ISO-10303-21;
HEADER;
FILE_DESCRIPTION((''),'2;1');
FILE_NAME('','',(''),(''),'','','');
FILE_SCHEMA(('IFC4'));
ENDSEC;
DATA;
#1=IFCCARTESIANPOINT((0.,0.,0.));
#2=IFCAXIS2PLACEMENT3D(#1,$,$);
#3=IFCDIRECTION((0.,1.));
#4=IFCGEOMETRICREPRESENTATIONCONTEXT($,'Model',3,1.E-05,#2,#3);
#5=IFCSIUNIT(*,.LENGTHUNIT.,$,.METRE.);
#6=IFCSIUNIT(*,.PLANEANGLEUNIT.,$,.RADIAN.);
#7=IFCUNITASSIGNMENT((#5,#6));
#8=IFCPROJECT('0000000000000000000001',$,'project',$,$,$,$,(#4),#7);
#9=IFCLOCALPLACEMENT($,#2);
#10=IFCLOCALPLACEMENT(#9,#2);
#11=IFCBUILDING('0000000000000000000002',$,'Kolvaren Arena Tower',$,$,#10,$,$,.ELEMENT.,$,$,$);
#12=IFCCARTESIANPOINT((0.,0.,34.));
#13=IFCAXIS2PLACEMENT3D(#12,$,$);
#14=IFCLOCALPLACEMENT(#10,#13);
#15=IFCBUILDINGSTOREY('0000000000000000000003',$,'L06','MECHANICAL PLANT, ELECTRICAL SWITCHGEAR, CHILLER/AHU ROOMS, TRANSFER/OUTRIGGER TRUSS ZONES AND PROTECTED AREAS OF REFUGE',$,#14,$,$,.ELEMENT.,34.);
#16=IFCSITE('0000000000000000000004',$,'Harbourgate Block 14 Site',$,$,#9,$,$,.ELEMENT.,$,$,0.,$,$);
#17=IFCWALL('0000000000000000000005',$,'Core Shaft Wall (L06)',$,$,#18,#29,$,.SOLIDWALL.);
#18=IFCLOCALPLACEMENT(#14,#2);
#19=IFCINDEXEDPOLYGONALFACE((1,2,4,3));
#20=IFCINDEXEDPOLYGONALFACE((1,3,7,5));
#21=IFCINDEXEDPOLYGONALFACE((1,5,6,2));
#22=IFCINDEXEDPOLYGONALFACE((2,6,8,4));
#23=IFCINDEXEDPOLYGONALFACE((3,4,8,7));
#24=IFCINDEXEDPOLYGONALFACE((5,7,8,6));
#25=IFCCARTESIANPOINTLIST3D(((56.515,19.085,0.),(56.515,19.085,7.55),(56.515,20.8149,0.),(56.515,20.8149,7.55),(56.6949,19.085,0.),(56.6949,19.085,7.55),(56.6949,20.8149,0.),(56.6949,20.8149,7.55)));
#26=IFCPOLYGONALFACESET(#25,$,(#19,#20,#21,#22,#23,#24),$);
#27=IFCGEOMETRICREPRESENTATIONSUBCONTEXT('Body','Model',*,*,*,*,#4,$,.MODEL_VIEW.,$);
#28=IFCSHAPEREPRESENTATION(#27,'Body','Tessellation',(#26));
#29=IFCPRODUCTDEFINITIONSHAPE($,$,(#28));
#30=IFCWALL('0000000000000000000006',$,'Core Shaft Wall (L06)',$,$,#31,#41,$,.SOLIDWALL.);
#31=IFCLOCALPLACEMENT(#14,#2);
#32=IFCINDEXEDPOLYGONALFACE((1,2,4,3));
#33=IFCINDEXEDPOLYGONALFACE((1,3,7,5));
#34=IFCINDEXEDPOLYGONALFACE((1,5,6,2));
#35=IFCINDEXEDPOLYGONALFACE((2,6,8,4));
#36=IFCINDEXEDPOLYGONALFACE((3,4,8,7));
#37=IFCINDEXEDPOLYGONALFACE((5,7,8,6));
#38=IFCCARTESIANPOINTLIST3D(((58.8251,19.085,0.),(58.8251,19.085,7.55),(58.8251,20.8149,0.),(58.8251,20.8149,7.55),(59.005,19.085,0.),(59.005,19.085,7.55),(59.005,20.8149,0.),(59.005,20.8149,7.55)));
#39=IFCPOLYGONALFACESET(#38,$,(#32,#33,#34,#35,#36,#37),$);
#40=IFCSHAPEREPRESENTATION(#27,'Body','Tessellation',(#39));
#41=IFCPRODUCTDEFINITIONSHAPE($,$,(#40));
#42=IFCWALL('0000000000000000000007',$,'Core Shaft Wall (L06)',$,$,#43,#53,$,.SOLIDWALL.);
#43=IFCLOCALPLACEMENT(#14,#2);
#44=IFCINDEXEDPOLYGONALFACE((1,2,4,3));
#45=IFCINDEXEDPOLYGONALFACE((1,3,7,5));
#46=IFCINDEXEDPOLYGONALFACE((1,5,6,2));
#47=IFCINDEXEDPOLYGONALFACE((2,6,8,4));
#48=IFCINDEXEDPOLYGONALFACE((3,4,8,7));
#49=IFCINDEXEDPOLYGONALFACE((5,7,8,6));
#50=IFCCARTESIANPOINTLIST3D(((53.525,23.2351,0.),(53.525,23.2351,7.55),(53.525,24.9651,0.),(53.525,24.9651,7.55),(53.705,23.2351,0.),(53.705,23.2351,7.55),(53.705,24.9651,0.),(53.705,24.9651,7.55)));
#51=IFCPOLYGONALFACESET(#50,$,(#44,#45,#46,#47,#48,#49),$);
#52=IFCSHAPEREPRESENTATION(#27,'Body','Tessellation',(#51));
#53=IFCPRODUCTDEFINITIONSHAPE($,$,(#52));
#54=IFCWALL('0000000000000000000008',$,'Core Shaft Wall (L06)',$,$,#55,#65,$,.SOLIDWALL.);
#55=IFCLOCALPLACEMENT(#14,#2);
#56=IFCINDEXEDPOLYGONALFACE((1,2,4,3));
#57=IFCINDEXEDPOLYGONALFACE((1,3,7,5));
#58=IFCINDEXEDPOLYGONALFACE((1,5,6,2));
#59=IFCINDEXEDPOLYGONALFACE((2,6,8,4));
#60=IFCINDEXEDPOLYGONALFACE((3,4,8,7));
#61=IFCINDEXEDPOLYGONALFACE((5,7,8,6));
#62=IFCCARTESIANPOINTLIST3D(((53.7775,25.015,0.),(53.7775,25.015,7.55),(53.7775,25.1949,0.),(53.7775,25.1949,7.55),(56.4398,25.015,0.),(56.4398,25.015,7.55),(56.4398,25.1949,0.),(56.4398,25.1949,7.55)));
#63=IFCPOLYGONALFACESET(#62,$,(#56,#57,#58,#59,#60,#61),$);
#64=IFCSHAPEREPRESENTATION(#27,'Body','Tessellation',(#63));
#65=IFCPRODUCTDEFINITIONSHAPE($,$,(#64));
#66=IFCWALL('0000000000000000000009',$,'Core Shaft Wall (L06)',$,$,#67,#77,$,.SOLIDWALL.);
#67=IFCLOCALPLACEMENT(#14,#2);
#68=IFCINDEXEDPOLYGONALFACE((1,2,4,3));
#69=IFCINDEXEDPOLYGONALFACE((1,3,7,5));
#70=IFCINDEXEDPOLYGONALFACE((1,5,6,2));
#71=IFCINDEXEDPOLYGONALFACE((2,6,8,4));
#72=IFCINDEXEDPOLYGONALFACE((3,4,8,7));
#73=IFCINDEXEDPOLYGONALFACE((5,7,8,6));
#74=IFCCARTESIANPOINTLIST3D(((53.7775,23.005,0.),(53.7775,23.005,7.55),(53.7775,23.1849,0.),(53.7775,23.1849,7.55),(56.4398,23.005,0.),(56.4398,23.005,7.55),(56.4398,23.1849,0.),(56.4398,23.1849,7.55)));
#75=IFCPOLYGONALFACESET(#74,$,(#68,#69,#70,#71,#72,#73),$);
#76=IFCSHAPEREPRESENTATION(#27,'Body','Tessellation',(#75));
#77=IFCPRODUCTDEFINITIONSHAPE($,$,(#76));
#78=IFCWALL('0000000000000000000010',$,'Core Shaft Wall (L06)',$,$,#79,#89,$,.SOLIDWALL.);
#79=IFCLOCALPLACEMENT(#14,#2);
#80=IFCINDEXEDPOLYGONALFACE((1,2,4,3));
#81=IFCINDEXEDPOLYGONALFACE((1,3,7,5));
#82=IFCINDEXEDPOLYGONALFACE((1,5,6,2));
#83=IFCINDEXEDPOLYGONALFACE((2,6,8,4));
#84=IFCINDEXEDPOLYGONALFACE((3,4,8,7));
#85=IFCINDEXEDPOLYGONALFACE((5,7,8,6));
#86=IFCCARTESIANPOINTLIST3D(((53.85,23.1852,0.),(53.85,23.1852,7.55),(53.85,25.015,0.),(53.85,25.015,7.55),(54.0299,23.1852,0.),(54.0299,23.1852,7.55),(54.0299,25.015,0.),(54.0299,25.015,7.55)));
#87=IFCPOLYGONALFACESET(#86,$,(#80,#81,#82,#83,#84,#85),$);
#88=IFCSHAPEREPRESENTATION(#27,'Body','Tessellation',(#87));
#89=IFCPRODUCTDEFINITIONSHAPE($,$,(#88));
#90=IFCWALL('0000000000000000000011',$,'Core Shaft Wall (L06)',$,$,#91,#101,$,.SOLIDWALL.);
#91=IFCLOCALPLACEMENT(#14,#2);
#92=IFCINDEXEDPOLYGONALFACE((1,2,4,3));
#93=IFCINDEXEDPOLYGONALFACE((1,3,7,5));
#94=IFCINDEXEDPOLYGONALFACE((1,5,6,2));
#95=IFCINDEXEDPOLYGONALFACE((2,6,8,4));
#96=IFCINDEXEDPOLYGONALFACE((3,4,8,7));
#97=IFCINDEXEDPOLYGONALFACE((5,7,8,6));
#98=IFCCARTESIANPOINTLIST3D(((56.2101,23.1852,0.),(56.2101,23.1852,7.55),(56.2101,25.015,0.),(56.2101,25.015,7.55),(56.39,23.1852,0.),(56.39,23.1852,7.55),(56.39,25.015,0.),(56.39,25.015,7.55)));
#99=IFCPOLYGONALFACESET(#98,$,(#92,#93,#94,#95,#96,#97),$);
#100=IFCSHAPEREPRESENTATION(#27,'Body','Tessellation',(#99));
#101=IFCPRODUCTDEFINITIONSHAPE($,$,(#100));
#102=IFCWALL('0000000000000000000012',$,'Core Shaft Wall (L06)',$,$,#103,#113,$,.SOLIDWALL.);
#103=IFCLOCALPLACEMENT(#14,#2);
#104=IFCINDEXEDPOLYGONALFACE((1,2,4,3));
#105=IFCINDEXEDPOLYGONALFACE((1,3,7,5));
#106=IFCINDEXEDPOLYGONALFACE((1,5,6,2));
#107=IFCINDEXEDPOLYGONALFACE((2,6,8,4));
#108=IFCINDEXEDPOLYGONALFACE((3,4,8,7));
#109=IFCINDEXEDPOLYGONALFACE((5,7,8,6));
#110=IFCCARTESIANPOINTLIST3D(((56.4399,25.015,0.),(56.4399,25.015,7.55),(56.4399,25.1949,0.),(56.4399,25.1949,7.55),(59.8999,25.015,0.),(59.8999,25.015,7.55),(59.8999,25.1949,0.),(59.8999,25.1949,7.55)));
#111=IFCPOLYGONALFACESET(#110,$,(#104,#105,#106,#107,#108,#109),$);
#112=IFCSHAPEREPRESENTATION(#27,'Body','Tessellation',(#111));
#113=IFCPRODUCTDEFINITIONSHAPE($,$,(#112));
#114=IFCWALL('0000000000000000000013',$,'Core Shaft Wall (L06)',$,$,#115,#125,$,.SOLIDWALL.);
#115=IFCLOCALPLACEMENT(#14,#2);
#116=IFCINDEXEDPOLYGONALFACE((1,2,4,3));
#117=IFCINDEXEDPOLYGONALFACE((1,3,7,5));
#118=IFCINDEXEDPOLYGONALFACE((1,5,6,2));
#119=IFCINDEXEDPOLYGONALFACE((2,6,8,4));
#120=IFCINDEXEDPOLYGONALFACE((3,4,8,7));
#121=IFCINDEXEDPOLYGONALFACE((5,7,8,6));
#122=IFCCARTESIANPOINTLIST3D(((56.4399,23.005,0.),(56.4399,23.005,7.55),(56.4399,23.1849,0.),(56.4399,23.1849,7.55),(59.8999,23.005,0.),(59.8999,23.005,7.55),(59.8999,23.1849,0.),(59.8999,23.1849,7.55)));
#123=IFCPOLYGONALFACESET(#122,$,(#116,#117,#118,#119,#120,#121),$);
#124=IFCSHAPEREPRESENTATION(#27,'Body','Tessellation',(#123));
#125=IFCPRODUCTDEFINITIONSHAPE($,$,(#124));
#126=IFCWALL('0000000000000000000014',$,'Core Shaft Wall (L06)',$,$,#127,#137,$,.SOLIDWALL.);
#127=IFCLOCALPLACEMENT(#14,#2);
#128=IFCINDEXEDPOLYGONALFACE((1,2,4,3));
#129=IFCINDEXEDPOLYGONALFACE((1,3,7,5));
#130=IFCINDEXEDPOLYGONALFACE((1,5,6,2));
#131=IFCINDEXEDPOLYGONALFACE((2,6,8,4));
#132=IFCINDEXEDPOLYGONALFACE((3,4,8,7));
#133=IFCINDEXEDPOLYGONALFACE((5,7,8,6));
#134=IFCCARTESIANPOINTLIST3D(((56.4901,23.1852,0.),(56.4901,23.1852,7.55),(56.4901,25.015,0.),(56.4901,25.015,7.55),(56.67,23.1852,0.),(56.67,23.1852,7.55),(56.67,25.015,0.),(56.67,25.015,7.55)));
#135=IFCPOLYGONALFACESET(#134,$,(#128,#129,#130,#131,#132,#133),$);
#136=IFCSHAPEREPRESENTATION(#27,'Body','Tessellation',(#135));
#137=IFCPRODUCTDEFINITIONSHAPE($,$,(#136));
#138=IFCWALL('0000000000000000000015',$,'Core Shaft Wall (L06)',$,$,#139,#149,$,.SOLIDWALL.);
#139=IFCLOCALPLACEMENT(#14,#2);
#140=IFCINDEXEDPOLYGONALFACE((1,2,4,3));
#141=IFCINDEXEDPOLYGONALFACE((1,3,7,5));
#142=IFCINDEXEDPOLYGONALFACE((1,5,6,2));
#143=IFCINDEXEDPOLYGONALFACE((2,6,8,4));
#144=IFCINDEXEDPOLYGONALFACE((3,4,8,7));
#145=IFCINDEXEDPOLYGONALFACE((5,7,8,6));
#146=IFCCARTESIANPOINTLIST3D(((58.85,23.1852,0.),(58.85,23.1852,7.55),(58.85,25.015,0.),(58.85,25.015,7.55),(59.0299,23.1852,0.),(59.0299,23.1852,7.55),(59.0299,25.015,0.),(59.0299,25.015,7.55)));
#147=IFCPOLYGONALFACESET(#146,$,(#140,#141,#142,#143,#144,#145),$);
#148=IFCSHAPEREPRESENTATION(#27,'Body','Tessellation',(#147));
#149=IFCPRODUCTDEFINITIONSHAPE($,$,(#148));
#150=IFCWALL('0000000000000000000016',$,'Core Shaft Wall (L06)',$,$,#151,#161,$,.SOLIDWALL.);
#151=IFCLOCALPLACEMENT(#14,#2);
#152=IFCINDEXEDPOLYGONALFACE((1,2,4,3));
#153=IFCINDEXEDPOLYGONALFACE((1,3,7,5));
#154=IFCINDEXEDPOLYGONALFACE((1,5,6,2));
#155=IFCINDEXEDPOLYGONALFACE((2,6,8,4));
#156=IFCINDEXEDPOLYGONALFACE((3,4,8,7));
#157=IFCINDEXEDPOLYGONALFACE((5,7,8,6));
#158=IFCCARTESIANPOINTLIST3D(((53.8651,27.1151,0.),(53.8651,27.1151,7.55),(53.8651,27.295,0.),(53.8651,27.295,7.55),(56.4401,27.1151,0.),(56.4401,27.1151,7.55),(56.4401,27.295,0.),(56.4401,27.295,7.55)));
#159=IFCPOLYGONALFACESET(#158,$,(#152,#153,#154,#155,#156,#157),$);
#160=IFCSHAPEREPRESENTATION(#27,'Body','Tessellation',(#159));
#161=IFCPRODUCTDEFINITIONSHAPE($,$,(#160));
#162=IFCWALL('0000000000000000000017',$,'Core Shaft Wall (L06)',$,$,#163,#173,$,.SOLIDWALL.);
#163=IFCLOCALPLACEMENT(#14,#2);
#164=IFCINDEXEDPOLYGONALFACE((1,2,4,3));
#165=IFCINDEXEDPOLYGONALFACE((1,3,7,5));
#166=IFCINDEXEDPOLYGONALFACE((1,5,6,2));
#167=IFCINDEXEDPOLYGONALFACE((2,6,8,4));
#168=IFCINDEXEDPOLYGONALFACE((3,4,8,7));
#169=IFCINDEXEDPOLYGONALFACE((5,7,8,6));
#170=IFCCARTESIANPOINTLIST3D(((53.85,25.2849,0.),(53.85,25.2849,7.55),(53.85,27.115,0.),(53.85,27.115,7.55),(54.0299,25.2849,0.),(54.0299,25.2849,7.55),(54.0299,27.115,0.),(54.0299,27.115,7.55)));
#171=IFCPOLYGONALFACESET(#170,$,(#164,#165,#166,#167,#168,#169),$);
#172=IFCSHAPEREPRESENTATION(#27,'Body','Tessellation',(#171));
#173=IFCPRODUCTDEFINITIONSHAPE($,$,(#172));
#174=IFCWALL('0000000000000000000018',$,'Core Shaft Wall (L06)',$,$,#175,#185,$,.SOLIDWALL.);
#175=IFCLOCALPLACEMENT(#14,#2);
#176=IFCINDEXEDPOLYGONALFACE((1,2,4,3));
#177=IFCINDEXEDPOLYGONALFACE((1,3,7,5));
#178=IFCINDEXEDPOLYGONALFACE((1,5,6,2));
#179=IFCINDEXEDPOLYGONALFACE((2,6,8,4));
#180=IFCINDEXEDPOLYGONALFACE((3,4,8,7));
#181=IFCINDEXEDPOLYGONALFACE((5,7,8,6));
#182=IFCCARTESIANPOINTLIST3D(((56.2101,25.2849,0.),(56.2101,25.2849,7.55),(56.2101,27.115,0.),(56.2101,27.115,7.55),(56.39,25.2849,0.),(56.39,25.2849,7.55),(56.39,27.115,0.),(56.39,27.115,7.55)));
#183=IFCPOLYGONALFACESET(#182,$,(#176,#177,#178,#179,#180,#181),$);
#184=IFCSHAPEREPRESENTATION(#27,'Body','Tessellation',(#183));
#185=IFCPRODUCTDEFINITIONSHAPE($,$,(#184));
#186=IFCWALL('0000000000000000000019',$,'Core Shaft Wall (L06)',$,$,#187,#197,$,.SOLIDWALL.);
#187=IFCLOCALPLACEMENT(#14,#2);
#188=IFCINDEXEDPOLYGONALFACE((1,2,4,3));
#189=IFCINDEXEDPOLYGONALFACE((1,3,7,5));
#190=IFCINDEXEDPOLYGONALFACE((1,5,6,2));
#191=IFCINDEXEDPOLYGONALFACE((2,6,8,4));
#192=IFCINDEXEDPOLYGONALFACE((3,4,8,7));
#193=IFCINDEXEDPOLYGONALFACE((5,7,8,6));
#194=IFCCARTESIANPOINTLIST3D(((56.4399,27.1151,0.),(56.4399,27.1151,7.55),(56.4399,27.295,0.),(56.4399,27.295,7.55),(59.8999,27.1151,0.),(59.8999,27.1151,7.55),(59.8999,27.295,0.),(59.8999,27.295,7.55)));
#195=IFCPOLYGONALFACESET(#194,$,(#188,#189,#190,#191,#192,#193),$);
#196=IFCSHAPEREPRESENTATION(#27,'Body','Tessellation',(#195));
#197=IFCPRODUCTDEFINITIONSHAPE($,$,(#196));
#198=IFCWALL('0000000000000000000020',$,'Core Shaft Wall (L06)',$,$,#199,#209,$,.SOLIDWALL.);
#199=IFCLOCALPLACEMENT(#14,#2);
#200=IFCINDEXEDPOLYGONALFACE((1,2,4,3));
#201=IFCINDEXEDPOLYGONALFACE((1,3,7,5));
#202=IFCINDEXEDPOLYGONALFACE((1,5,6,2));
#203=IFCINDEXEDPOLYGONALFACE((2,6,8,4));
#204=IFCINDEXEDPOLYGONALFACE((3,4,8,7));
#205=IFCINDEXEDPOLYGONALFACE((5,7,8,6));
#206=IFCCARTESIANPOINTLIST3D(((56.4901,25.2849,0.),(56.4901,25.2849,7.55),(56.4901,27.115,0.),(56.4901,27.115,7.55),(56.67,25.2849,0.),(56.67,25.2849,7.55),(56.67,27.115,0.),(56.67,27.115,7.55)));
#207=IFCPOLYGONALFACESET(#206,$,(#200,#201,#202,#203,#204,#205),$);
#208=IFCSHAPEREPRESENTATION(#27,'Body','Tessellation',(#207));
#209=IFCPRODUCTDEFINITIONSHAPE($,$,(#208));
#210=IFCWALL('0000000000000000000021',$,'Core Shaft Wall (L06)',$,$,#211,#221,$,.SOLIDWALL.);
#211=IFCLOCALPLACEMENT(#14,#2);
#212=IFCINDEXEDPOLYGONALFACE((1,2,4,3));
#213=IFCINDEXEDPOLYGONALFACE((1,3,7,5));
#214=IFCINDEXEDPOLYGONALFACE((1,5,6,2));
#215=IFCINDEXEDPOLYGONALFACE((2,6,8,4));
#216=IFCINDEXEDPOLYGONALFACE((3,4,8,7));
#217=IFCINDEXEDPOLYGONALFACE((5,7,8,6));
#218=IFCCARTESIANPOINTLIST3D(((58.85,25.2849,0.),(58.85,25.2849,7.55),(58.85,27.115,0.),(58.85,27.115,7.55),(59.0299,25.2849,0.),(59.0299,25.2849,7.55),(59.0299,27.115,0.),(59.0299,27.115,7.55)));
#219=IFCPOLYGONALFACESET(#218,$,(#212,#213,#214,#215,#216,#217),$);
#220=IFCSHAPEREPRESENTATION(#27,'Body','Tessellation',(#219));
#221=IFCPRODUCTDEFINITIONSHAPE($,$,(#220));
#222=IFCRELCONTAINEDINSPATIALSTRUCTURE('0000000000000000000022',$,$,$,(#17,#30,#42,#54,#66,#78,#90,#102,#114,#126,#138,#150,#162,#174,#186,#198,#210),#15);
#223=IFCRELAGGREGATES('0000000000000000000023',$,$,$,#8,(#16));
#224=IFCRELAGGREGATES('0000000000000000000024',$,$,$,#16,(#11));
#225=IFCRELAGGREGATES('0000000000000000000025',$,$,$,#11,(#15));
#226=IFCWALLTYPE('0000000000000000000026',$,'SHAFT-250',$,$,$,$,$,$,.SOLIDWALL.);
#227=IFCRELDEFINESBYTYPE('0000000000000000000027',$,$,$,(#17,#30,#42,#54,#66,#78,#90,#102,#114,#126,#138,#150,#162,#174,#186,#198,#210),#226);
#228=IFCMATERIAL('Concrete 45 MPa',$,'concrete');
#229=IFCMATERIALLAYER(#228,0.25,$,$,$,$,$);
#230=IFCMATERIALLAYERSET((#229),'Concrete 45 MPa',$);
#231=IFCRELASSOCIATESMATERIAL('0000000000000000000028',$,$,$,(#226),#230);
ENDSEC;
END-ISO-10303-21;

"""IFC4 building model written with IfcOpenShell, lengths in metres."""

from ifc_helpers import new_model, si_unit, direction, frame, frame_2d, origin, place, context, subcontext, project, spatial, rectangle, extrude, material, layer, layer_set, type_object, element, save


model = new_model("IFC4")

# Units and contexts
model_context = context("Model", 3, precision=1e-05, world=origin(), true_north=direction((0.0, 1.0)))
body_context = subcontext(model_context, "Body", "Model", "MODEL_VIEW")
ifc_project = project(units=[si_unit("LENGTHUNIT", "METRE"), si_unit("PLANEANGLEUNIT", "RADIAN")], contexts=[model_context])

# Site, building, storey
site_placement = place(None, origin())
site = spatial("IfcSite", under=ifc_project, at=site_placement, Name="Harbourgate Block 14 Site", CompositionType="ELEMENT", RefElevation=0.0)
building_placement = place(site_placement, origin())
building = spatial("IfcBuilding", under=site, at=building_placement, Name="Kolvaren Arena Tower", CompositionType="ELEMENT")
storey_placement = place(building_placement, frame((0.0, 0.0, 34.0)))
storey = spatial("IfcBuildingStorey", under=building, at=storey_placement, Name="L06", Description="MECHANICAL PLANT, ELECTRICAL SWITCHGEAR, CHILLER/AHU ROOMS, TRANSFER/OUTRIGGER TRUSS ZONES AND PROTECTED AREAS OF REFUGE", CompositionType="ELEMENT", Elevation=34.0)

# Walls
ifc_material_1 = material(Name="Concrete 45 MPa", Category="concrete")
ifc_layer_1 = layer(ifc_material_1, 0.25)
ifc_layer_set_1 = layer_set([ifc_layer_1], Name="Concrete 45 MPa")
wall_type_1 = type_object("IfcWallType", Name="SHAFT-250", PredefinedType="SOLIDWALL", material=ifc_layer_set_1)
for number, where, z_axis, x_axis, name in (
    (1, (56.605, 19.085, 0.0), (0.0, 0.0, 1.0), (0.0, 1.0, 0.0), "Core Shaft Wall (L06)"),
    (2, (58.915, 19.085, 0.0), (0.0, 0.0, 1.0), (0.0, 1.0, 0.0), "Core Shaft Wall (L06)"),
    (3, (53.615, 23.2351, 0.0), (0.0, 0.0, 1.0), (0.0, 1.0, 0.0), "Core Shaft Wall (L06)"),
):
    element("IfcWall", number, at=place(storey_placement, frame(where, z_axis=z_axis, x_axis=x_axis)), inside=storey, type_object=wall_type_1, Name=name, PredefinedType="SOLIDWALL", context=body_context, shape_type="SweptSolid", body=[
        extrude(rectangle(XDim=1.73, YDim=0.1799, at=frame_2d((0.865, 0.0))), origin(), (0.0, 0.0, 1.0), 7.55),
    ])
for number, where, z_axis, x_axis, name in (
    (4, (53.7776, 25.105, 0.0), (0.0, 0.0, 1.0), (1.0, 0.0, 0.0), "Core Shaft Wall (L06)"),
    (5, (53.7776, 23.095, 0.0), (0.0, 0.0, 1.0), (1.0, 0.0, 0.0), "Core Shaft Wall (L06)"),
):
    element("IfcWall", number, at=place(storey_placement, frame(where, z_axis=z_axis, x_axis=x_axis)), inside=storey, type_object=wall_type_1, Name=name, PredefinedType="SOLIDWALL", context=body_context, shape_type="SweptSolid", body=[
        extrude(rectangle(XDim=2.6624, YDim=0.1799, at=frame_2d((1.3311, 0.0))), origin(), (0.0, 0.0, 1.0), 7.55),
    ])
for number, where, z_axis, x_axis, name in (
    (6, (53.9399, 23.1851, 0.0), (0.0, 0.0, 1.0), (0.0, 1.0, 0.0), "Core Shaft Wall (L06)"),
    (7, (56.3, 23.1851, 0.0), (0.0, 0.0, 1.0), (0.0, 1.0, 0.0), "Core Shaft Wall (L06)"),
):
    element("IfcWall", number, at=place(storey_placement, frame(where, z_axis=z_axis, x_axis=x_axis)), inside=storey, type_object=wall_type_1, Name=name, PredefinedType="SOLIDWALL", context=body_context, shape_type="SweptSolid", body=[
        extrude(rectangle(XDim=1.8298, YDim=0.1799, at=frame_2d((0.915, 0.0))), origin(), (0.0, 0.0, 1.0), 7.55),
    ])
for number, where, z_axis, x_axis, name in (
    (8, (56.4399, 25.105, 0.0), (0.0, 0.0, 1.0), (1.0, 0.0, 0.0), "Core Shaft Wall (L06)"),
    (9, (56.4399, 23.095, 0.0), (0.0, 0.0, 1.0), (1.0, 0.0, 0.0), "Core Shaft Wall (L06)"),
):
    element("IfcWall", number, at=place(storey_placement, frame(where, z_axis=z_axis, x_axis=x_axis)), inside=storey, type_object=wall_type_1, Name=name, PredefinedType="SOLIDWALL", context=body_context, shape_type="SweptSolid", body=[
        extrude(rectangle(XDim=3.46, YDim=0.1799, at=frame_2d((1.73, 0.0))), origin(), (0.0, 0.0, 1.0), 7.55),
    ])
for number, where, z_axis, x_axis, name in (
    (10, (56.5801, 23.1851, 0.0), (0.0, 0.0, 1.0), (0.0, 1.0, 0.0), "Core Shaft Wall (L06)"),
    (11, (58.9399, 23.1851, 0.0), (0.0, 0.0, 1.0), (0.0, 1.0, 0.0), "Core Shaft Wall (L06)"),
):
    element("IfcWall", number, at=place(storey_placement, frame(where, z_axis=z_axis, x_axis=x_axis)), inside=storey, type_object=wall_type_1, Name=name, PredefinedType="SOLIDWALL", context=body_context, shape_type="SweptSolid", body=[
        extrude(rectangle(XDim=1.8298, YDim=0.1799, at=frame_2d((0.915, 0.0))), origin(), (0.0, 0.0, 1.0), 7.55),
    ])
wall_1_placement = place(storey_placement, frame((53.865, 27.2051, 0.0), z_axis=(0.0, 0.0, 1.0), x_axis=(1.0, 0.0, 0.0)))
element("IfcWall", 12, at=wall_1_placement, inside=storey, type_object=wall_type_1, Name="Core Shaft Wall (L06)", PredefinedType="SOLIDWALL", context=body_context, shape_type="SweptSolid", body=[
    extrude(rectangle(XDim=2.575, YDim=0.1799, at=frame_2d((1.2876, 0.0))), origin(), (0.0, 0.0, 1.0), 7.55),
])
for number, where, z_axis, x_axis, name in (
    (13, (53.9399, 25.2849, 0.0), (0.0, 0.0, 1.0), (0.0, 1.0, 0.0), "Core Shaft Wall (L06)"),
    (14, (56.3, 25.2849, 0.0), (0.0, 0.0, 1.0), (0.0, 1.0, 0.0), "Core Shaft Wall (L06)"),
):
    element("IfcWall", number, at=place(storey_placement, frame(where, z_axis=z_axis, x_axis=x_axis)), inside=storey, type_object=wall_type_1, Name=name, PredefinedType="SOLIDWALL", context=body_context, shape_type="SweptSolid", body=[
        extrude(rectangle(XDim=1.8301, YDim=0.1799, at=frame_2d((0.915, 0.0))), origin(), (0.0, 0.0, 1.0), 7.55),
    ])
wall_2_placement = place(storey_placement, frame((56.4399, 27.2051, 0.0), z_axis=(0.0, 0.0, 1.0), x_axis=(1.0, 0.0, 0.0)))
element("IfcWall", 15, at=wall_2_placement, inside=storey, type_object=wall_type_1, Name="Core Shaft Wall (L06)", PredefinedType="SOLIDWALL", context=body_context, shape_type="SweptSolid", body=[
    extrude(rectangle(XDim=3.46, YDim=0.1799, at=frame_2d((1.73, 0.0))), origin(), (0.0, 0.0, 1.0), 7.55),
])
for number, where, z_axis, x_axis, name in (
    (16, (56.5801, 25.2849, 0.0), (0.0, 0.0, 1.0), (0.0, 1.0, 0.0), "Core Shaft Wall (L06)"),
    (17, (58.9399, 25.2849, 0.0), (0.0, 0.0, 1.0), (0.0, 1.0, 0.0), "Core Shaft Wall (L06)"),
):
    element("IfcWall", number, at=place(storey_placement, frame(where, z_axis=z_axis, x_axis=x_axis)), inside=storey, type_object=wall_type_1, Name=name, PredefinedType="SOLIDWALL", context=body_context, shape_type="SweptSolid", body=[
        extrude(rectangle(XDim=1.8301, YDim=0.1799, at=frame_2d((0.915, 0.0))), origin(), (0.0, 0.0, 1.0), 7.55),
    ])

save(model, "model.ifc")
